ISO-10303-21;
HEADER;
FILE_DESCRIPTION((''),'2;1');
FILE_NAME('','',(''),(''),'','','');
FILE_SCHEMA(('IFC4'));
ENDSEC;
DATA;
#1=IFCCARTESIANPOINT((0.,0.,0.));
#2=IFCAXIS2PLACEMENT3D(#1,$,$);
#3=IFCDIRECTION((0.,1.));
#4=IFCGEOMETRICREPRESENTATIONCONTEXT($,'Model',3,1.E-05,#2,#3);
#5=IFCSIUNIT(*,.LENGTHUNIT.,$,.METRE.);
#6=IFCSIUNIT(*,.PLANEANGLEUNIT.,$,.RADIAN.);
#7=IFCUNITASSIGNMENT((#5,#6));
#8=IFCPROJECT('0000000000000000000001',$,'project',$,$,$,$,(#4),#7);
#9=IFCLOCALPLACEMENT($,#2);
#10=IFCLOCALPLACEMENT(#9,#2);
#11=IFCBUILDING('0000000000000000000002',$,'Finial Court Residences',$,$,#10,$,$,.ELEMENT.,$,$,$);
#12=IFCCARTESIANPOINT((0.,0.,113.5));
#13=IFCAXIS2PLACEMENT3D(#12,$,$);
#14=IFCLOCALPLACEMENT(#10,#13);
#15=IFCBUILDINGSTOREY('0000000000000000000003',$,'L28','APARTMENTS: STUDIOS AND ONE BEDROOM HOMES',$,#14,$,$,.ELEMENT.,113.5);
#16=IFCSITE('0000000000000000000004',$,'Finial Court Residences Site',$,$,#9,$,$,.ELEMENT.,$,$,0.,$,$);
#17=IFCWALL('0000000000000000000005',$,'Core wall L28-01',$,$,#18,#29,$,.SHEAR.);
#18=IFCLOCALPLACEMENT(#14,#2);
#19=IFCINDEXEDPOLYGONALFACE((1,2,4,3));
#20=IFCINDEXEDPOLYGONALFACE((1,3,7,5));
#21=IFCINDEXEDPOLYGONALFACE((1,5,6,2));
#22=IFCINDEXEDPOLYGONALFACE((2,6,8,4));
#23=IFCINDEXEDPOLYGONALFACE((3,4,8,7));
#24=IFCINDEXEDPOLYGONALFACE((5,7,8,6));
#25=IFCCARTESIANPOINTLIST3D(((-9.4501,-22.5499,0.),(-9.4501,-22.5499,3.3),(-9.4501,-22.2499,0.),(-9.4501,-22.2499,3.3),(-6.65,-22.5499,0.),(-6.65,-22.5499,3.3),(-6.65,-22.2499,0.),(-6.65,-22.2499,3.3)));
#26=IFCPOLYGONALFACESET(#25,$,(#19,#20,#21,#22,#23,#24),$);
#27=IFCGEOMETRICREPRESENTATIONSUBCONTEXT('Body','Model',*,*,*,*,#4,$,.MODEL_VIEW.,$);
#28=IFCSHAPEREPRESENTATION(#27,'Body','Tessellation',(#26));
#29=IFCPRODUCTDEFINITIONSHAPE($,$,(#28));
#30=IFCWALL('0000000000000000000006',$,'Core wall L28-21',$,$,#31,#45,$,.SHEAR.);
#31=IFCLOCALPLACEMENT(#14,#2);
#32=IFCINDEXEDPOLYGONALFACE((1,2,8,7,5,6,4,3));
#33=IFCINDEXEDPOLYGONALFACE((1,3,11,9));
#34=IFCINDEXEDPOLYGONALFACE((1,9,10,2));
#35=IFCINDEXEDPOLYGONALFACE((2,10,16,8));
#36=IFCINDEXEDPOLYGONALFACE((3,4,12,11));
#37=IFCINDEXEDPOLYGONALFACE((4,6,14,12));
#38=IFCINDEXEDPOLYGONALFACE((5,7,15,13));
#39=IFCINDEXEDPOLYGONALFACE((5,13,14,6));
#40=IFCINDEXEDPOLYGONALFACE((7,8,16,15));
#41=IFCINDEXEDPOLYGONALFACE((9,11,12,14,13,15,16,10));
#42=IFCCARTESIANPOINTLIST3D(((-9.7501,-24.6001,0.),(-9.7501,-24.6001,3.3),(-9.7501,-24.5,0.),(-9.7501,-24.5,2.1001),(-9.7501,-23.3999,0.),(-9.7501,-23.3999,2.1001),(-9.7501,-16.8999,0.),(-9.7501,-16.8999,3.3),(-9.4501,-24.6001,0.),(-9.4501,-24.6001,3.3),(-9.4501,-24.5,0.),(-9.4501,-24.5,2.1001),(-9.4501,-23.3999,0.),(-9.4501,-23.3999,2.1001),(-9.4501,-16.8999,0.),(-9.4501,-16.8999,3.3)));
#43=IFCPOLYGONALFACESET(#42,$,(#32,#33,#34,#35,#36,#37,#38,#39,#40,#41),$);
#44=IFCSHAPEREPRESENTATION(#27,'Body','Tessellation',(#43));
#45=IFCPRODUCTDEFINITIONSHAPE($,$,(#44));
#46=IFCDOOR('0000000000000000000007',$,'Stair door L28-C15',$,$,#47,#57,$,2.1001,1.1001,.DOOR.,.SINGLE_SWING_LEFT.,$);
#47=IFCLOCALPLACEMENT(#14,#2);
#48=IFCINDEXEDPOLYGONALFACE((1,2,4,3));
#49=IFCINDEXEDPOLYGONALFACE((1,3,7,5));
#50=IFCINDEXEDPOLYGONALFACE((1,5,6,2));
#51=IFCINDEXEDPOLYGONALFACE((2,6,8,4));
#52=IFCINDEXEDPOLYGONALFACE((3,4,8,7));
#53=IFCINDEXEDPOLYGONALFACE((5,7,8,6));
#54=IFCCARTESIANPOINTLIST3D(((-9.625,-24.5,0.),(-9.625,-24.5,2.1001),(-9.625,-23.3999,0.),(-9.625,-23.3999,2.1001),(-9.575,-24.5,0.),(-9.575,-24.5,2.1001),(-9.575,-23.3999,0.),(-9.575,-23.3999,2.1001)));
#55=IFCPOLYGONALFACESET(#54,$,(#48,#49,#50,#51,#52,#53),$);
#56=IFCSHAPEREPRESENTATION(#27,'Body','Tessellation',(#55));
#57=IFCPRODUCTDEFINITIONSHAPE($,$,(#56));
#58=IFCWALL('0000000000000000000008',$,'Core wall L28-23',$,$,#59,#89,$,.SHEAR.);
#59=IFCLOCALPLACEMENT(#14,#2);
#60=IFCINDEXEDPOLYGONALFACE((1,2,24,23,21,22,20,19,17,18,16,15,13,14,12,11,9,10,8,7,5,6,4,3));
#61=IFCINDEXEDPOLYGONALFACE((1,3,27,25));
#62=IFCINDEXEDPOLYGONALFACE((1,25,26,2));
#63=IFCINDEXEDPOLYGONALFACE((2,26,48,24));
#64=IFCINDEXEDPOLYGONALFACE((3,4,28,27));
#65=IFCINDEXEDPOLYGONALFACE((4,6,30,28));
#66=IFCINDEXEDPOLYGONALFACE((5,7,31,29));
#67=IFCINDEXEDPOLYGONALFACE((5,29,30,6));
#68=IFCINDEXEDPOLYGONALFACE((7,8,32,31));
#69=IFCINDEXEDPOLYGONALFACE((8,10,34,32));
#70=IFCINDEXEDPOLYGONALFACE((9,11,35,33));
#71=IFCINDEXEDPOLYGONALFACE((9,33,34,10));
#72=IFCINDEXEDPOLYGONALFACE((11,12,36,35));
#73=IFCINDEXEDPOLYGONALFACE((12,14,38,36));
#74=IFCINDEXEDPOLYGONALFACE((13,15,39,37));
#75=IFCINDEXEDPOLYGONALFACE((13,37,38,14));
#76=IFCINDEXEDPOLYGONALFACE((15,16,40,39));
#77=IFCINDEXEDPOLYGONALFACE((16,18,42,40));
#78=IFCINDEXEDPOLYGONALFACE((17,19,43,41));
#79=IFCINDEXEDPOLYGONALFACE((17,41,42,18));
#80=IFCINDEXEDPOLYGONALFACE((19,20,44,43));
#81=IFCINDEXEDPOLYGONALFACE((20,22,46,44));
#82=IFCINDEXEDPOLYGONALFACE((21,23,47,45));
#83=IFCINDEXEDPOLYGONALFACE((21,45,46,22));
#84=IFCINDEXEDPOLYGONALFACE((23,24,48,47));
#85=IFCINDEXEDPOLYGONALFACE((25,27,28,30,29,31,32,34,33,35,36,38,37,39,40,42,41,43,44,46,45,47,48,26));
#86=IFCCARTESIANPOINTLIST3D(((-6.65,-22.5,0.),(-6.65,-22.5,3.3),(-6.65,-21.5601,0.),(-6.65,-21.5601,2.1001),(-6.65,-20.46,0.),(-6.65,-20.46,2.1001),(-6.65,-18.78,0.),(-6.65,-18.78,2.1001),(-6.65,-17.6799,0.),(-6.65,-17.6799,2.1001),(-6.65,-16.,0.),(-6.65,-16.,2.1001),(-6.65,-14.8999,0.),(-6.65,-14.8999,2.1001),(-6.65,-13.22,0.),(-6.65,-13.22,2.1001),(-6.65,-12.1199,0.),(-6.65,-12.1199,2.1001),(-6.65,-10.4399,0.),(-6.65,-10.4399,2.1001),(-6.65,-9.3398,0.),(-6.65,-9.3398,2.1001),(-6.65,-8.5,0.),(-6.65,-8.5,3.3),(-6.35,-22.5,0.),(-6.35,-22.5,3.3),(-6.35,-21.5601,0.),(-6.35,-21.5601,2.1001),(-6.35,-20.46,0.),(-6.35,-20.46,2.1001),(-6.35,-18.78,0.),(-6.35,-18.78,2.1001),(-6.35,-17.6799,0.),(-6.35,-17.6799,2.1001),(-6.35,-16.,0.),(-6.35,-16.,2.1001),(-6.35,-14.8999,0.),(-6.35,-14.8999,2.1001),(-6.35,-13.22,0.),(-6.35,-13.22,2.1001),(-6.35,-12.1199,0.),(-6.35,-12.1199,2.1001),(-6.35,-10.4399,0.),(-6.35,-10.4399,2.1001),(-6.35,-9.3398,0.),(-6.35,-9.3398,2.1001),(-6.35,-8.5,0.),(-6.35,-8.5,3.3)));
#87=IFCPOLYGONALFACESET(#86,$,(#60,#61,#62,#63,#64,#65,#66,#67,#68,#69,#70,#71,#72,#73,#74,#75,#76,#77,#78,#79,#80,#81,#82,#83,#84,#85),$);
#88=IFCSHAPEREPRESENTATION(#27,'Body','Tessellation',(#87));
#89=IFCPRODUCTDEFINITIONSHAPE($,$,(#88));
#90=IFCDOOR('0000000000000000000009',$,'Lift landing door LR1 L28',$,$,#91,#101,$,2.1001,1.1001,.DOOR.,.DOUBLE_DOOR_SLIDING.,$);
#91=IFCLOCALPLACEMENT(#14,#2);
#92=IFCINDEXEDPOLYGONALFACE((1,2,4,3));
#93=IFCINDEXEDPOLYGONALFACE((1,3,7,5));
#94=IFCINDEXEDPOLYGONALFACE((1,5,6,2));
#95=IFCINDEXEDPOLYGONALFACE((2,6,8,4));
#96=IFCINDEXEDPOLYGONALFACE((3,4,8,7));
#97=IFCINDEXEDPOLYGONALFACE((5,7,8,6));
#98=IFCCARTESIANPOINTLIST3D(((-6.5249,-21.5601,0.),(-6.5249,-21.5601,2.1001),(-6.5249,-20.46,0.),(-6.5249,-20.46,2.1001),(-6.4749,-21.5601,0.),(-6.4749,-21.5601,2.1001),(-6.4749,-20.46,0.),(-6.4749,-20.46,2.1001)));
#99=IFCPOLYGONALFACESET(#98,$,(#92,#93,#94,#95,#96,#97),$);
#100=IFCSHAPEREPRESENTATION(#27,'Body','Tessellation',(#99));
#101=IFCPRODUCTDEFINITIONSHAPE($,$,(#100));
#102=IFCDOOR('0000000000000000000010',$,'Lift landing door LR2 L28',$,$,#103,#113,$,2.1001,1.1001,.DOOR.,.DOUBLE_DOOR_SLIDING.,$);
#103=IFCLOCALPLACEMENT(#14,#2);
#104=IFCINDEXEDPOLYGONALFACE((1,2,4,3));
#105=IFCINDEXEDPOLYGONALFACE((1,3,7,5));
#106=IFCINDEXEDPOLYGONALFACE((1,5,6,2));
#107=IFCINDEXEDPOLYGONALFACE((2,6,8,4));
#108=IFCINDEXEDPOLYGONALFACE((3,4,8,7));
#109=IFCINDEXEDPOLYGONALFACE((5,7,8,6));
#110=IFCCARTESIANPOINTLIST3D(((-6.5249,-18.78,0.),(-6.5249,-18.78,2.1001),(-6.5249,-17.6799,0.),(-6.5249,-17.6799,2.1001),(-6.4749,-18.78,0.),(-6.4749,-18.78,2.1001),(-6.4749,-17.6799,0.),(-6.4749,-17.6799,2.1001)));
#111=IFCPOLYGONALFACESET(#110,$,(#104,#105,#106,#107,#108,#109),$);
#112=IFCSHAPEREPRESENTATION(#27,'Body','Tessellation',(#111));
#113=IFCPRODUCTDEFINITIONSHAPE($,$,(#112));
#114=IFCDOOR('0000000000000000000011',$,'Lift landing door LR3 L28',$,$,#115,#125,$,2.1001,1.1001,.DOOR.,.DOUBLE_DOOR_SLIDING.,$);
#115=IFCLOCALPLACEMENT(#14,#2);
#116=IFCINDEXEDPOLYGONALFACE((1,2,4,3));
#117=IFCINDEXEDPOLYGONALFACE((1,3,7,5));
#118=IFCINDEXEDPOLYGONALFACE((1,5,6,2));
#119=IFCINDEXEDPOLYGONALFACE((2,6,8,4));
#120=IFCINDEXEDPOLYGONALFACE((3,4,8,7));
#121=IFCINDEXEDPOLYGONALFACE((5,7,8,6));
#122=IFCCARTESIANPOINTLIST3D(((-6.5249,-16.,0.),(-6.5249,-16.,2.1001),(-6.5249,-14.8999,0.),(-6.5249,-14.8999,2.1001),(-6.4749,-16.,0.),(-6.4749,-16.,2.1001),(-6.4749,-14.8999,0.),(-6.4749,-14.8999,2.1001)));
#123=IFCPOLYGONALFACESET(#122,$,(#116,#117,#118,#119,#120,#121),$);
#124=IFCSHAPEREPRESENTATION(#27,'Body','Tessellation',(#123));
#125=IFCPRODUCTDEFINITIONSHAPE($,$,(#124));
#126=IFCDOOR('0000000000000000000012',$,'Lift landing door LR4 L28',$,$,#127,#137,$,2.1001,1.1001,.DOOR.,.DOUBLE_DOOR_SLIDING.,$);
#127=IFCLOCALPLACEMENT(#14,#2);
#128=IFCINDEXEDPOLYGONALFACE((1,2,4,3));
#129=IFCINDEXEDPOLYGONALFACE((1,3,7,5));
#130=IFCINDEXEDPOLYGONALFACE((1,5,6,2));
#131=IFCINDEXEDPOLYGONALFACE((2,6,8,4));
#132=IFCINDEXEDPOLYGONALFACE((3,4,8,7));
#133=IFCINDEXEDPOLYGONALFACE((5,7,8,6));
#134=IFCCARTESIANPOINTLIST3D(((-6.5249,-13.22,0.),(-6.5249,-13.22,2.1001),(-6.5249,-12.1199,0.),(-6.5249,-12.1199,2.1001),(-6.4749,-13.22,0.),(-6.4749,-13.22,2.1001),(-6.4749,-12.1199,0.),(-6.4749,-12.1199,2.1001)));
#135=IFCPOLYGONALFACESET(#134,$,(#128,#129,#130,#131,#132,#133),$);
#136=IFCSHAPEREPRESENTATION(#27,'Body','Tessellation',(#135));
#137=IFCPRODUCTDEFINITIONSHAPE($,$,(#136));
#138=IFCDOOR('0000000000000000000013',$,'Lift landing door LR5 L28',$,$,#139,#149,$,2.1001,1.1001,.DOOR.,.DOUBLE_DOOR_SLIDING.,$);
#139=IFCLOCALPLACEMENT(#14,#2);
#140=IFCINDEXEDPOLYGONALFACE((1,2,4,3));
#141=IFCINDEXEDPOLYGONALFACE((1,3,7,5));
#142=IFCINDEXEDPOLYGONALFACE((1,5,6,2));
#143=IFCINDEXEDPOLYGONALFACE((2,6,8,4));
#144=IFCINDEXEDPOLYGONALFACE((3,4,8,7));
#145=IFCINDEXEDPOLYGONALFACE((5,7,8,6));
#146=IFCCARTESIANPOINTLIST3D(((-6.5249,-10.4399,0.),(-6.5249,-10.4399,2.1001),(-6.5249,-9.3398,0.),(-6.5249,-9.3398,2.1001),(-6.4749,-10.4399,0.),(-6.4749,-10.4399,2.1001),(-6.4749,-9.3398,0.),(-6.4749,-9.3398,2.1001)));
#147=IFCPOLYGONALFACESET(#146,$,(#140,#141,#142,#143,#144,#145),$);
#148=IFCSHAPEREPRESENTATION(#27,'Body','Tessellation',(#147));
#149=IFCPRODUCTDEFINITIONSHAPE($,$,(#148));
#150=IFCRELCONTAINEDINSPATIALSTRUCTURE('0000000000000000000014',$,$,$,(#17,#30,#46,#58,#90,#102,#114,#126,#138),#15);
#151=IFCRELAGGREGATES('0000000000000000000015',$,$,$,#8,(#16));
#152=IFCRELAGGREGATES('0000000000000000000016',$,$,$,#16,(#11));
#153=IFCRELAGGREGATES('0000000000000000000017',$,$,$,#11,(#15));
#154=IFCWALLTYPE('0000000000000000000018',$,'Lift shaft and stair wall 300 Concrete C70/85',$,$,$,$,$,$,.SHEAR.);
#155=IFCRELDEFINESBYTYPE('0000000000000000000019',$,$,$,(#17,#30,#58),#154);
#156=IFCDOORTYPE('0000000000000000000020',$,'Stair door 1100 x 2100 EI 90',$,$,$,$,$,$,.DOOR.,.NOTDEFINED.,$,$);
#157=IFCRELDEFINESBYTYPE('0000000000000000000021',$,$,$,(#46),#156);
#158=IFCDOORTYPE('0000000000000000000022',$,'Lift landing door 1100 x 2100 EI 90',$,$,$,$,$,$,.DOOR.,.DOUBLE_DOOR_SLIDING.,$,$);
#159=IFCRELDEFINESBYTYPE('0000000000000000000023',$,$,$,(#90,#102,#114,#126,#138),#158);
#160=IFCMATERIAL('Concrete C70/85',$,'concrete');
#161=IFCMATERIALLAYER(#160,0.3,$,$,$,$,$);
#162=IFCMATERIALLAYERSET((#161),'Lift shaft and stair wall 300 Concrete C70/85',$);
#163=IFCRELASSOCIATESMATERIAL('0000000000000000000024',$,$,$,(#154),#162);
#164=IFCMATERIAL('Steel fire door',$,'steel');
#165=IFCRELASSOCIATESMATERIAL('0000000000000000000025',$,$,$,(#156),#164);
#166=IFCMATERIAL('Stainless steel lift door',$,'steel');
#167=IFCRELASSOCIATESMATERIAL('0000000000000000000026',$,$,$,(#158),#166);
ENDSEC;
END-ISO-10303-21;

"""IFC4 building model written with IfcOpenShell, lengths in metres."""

from ifc_helpers import new_model, si_unit, direction, frame, frame_2d, origin, place, context, subcontext, project, spatial, rectangle, extrude, material, layer, layer_set, type_object, element, fill, save


model = new_model("IFC4")

# Units and contexts
model_context = context("Model", 3, precision=1e-05, world=origin(), true_north=direction((0.0, 1.0)))
body_context = subcontext(model_context, "Body", "Model", "MODEL_VIEW")
ifc_project = project(units=[si_unit("LENGTHUNIT", "METRE"), si_unit("PLANEANGLEUNIT", "RADIAN")], contexts=[model_context])

# Site, building, storey
site_placement = place(None, origin())
site = spatial("IfcSite", under=ifc_project, at=site_placement, Name="Finial Court Residences Site", CompositionType="ELEMENT", RefElevation=0.0)
building_placement = place(site_placement, origin())
building = spatial("IfcBuilding", under=site, at=building_placement, Name="Finial Court Residences", CompositionType="ELEMENT")
storey_placement = place(building_placement, frame((0.0, 0.0, 113.5)))
storey = spatial("IfcBuildingStorey", under=building, at=storey_placement, Name="L28", Description="APARTMENTS: STUDIOS AND ONE BEDROOM HOMES", CompositionType="ELEMENT", Elevation=113.5)

# Wall
ifc_material_1 = material(Name="Concrete C70/85", Category="concrete")
ifc_layer_1 = layer(ifc_material_1, 0.3)
ifc_layer_set_1 = layer_set([ifc_layer_1], Name="Lift shaft and stair wall 300 Concrete C70/85")
wall_type_1 = type_object("IfcWallType", Name="Lift shaft and stair wall 300 Concrete C70/85", PredefinedType="SHEAR", material=ifc_layer_set_1)
wall_1_placement = place(storey_placement, frame((-9.45, -22.3999, 0.0), z_axis=(0.0, 0.0, 1.0), x_axis=(1.0, 0.0, 0.0)))
element("IfcWall", 1, at=wall_1_placement, inside=storey, type_object=wall_type_1, Name="Core wall L28-01", PredefinedType="SHEAR", context=body_context, shape_type="SweptSolid", body=[
    extrude(rectangle(XDim=2.8, YDim=0.3, at=frame_2d((1.3999, 0.0))), origin(), (0.0, 0.0, 1.0), 3.3),
])

# Wall, opening, door
wall_2_placement = place(storey_placement, frame((-9.6001, -24.6001, 0.0), z_axis=(0.0, 0.0, 1.0), x_axis=(0.0, 1.0, 0.0)))
wall_2 = element("IfcWall", 2, at=wall_2_placement, inside=storey, type_object=wall_type_1, Name="Core wall L28-21", PredefinedType="SHEAR", context=body_context, shape_type="SweptSolid", body=[
    extrude(rectangle(XDim=7.7002, YDim=0.3, at=frame_2d((3.8501, 0.0))), origin(), (0.0, 0.0, 1.0), 3.3),
])
opening_1_placement = place(wall_2_placement, frame((0.1001, 0.0, 0.0)))
opening_1 = element("IfcOpeningElement", 3, at=opening_1_placement, cuts=wall_2, PredefinedType="OPENING", context=body_context, shape_type="SweptSolid", body=[
    extrude(rectangle(XDim=1.1001, YDim=2.1001, at=frame_2d((0.55, 1.05))), frame((0.0, 0.1599, 0.0), z_axis=(0.0, -1.0, 0.0), x_axis=(1.0, 0.0, 0.0)), (0.0, 0.0, 1.0), 0.3201),
])
ifc_material_2 = material(Name="Steel fire door", Category="steel")
door_type_1 = type_object("IfcDoorType", Name="Stair door 1100 x 2100 EI 90", OperationType="NOTDEFINED", PredefinedType="DOOR", material=ifc_material_2)
door_1_placement = place(opening_1_placement, origin())
door_1 = element("IfcDoor", 4, at=door_1_placement, inside=storey, type_object=door_type_1, Name="Stair door L28-C15", OperationType="SINGLE_SWING_LEFT", OverallHeight=2.1001, OverallWidth=1.1001, PredefinedType="DOOR", context=body_context, shape_type="SweptSolid", body=[
    extrude(rectangle(XDim=1.1001, YDim=2.1001, at=frame_2d((0.55, 1.05))), frame((0.0, 0.0249, 0.0), z_axis=(0.0, -1.0, 0.0), x_axis=(1.0, 0.0, 0.0)), (0.0, 0.0, 1.0), 0.05),
])
fill(opening_1, door_1)

# Wall, openings, doors
wall_3_placement = place(storey_placement, frame((-6.5, -22.5, 0.0), z_axis=(0.0, 0.0, 1.0), x_axis=(0.0, 1.0, 0.0)))
wall_3 = element("IfcWall", 5, at=wall_3_placement, inside=storey, type_object=wall_type_1, Name="Core wall L28-23", PredefinedType="SHEAR", context=body_context, shape_type="SweptSolid", body=[
    extrude(rectangle(XDim=14.0, YDim=0.3, at=frame_2d((7.0, 0.0))), origin(), (0.0, 0.0, 1.0), 3.3),
])
opening_2_placement = place(wall_3_placement, frame((0.9399, 0.0, 0.0)))
opening_2 = element("IfcOpeningElement", 6, at=opening_2_placement, cuts=wall_3, PredefinedType="OPENING", context=body_context, shape_type="SweptSolid", body=[
    extrude(rectangle(XDim=1.1001, YDim=2.1001, at=frame_2d((0.55, 1.05))), frame((0.0, 0.1599, 0.0), z_axis=(0.0, -1.0, 0.0), x_axis=(1.0, 0.0, 0.0)), (0.0, 0.0, 1.0), 0.3201),
])
opening_3_placement = place(wall_3_placement, frame((3.72, 0.0, 0.0)))
opening_3 = element("IfcOpeningElement", 7, at=opening_3_placement, cuts=wall_3, PredefinedType="OPENING", context=body_context, shape_type="SweptSolid", body=[
    extrude(rectangle(XDim=1.1001, YDim=2.1001, at=frame_2d((0.55, 1.05))), frame((0.0, 0.1599, 0.0), z_axis=(0.0, -1.0, 0.0), x_axis=(1.0, 0.0, 0.0)), (0.0, 0.0, 1.0), 0.3201),
])
opening_4_placement = place(wall_3_placement, frame((6.5, 0.0, 0.0)))
opening_4 = element("IfcOpeningElement", 8, at=opening_4_placement, cuts=wall_3, PredefinedType="OPENING", context=body_context, shape_type="SweptSolid", body=[
    extrude(rectangle(XDim=1.1001, YDim=2.1001, at=frame_2d((0.55, 1.05))), frame((0.0, 0.1599, 0.0), z_axis=(0.0, -1.0, 0.0), x_axis=(1.0, 0.0, 0.0)), (0.0, 0.0, 1.0), 0.3201),
])
opening_5_placement = place(wall_3_placement, frame((9.28, 0.0, 0.0)))
opening_5 = element("IfcOpeningElement", 9, at=opening_5_placement, cuts=wall_3, PredefinedType="OPENING", context=body_context, shape_type="SweptSolid", body=[
    extrude(rectangle(XDim=1.1001, YDim=2.1001, at=frame_2d((0.55, 1.05))), frame((0.0, 0.1599, 0.0), z_axis=(0.0, -1.0, 0.0), x_axis=(1.0, 0.0, 0.0)), (0.0, 0.0, 1.0), 0.3201),
])
opening_6_placement = place(wall_3_placement, frame((12.0601, 0.0, 0.0)))
opening_6 = element("IfcOpeningElement", 10, at=opening_6_placement, cuts=wall_3, PredefinedType="OPENING", context=body_context, shape_type="SweptSolid", body=[
    extrude(rectangle(XDim=1.1001, YDim=2.1001, at=frame_2d((0.55, 1.05))), frame((0.0, 0.1599, 0.0), z_axis=(0.0, -1.0, 0.0), x_axis=(1.0, 0.0, 0.0)), (0.0, 0.0, 1.0), 0.3201),
])
ifc_material_3 = material(Name="Stainless steel lift door", Category="steel")
door_type_2 = type_object("IfcDoorType", Name="Lift landing door 1100 x 2100 EI 90", OperationType="DOUBLE_DOOR_SLIDING", PredefinedType="DOOR", material=ifc_material_3)
door_2_placement = place(opening_2_placement, origin())
door_2 = element("IfcDoor", 11, at=door_2_placement, inside=storey, type_object=door_type_2, Name="Lift landing door LR1 L28", OperationType="DOUBLE_DOOR_SLIDING", OverallHeight=2.1001, OverallWidth=1.1001, PredefinedType="DOOR", context=body_context, shape_type="SweptSolid", body=[
    extrude(rectangle(XDim=1.1001, YDim=2.1001, at=frame_2d((0.55, 1.05))), frame((0.0, 0.0249, 0.0), z_axis=(0.0, -1.0, 0.0), x_axis=(1.0, 0.0, 0.0)), (0.0, 0.0, 1.0), 0.05),
])
fill(opening_2, door_2)
door_3_placement = place(opening_3_placement, origin())
door_3 = element("IfcDoor", 12, at=door_3_placement, inside=storey, type_object=door_type_2, Name="Lift landing door LR2 L28", OperationType="DOUBLE_DOOR_SLIDING", OverallHeight=2.1001, OverallWidth=1.1001, PredefinedType="DOOR", context=body_context, shape_type="SweptSolid", body=[
    extrude(rectangle(XDim=1.1001, YDim=2.1001, at=frame_2d((0.55, 1.05))), frame((0.0, 0.0249, 0.0), z_axis=(0.0, -1.0, 0.0), x_axis=(1.0, 0.0, 0.0)), (0.0, 0.0, 1.0), 0.05),
])
fill(opening_3, door_3)
door_4_placement = place(opening_4_placement, origin())
door_4 = element("IfcDoor", 13, at=door_4_placement, inside=storey, type_object=door_type_2, Name="Lift landing door LR3 L28", OperationType="DOUBLE_DOOR_SLIDING", OverallHeight=2.1001, OverallWidth=1.1001, PredefinedType="DOOR", context=body_context, shape_type="SweptSolid", body=[
    extrude(rectangle(XDim=1.1001, YDim=2.1001, at=frame_2d((0.55, 1.05))), frame((0.0, 0.0249, 0.0), z_axis=(0.0, -1.0, 0.0), x_axis=(1.0, 0.0, 0.0)), (0.0, 0.0, 1.0), 0.05),
])
fill(opening_4, door_4)
door_5_placement = place(opening_5_placement, origin())
door_5 = element("IfcDoor", 14, at=door_5_placement, inside=storey, type_object=door_type_2, Name="Lift landing door LR4 L28", OperationType="DOUBLE_DOOR_SLIDING", OverallHeight=2.1001, OverallWidth=1.1001, PredefinedType="DOOR", context=body_context, shape_type="SweptSolid", body=[
    extrude(rectangle(XDim=1.1001, YDim=2.1001, at=frame_2d((0.55, 1.05))), frame((0.0, 0.0249, 0.0), z_axis=(0.0, -1.0, 0.0), x_axis=(1.0, 0.0, 0.0)), (0.0, 0.0, 1.0), 0.05),
])
fill(opening_5, door_5)
door_6_placement = place(opening_6_placement, origin())
door_6 = element("IfcDoor", 15, at=door_6_placement, inside=storey, type_object=door_type_2, Name="Lift landing door LR5 L28", OperationType="DOUBLE_DOOR_SLIDING", OverallHeight=2.1001, OverallWidth=1.1001, PredefinedType="DOOR", context=body_context, shape_type="SweptSolid", body=[
    extrude(rectangle(XDim=1.1001, YDim=2.1001, at=frame_2d((0.55, 1.05))), frame((0.0, 0.0249, 0.0), z_axis=(0.0, -1.0, 0.0), x_axis=(1.0, 0.0, 0.0)), (0.0, 0.0, 1.0), 0.05),
])
fill(opening_6, door_6)

save(model, "model.ifc")
